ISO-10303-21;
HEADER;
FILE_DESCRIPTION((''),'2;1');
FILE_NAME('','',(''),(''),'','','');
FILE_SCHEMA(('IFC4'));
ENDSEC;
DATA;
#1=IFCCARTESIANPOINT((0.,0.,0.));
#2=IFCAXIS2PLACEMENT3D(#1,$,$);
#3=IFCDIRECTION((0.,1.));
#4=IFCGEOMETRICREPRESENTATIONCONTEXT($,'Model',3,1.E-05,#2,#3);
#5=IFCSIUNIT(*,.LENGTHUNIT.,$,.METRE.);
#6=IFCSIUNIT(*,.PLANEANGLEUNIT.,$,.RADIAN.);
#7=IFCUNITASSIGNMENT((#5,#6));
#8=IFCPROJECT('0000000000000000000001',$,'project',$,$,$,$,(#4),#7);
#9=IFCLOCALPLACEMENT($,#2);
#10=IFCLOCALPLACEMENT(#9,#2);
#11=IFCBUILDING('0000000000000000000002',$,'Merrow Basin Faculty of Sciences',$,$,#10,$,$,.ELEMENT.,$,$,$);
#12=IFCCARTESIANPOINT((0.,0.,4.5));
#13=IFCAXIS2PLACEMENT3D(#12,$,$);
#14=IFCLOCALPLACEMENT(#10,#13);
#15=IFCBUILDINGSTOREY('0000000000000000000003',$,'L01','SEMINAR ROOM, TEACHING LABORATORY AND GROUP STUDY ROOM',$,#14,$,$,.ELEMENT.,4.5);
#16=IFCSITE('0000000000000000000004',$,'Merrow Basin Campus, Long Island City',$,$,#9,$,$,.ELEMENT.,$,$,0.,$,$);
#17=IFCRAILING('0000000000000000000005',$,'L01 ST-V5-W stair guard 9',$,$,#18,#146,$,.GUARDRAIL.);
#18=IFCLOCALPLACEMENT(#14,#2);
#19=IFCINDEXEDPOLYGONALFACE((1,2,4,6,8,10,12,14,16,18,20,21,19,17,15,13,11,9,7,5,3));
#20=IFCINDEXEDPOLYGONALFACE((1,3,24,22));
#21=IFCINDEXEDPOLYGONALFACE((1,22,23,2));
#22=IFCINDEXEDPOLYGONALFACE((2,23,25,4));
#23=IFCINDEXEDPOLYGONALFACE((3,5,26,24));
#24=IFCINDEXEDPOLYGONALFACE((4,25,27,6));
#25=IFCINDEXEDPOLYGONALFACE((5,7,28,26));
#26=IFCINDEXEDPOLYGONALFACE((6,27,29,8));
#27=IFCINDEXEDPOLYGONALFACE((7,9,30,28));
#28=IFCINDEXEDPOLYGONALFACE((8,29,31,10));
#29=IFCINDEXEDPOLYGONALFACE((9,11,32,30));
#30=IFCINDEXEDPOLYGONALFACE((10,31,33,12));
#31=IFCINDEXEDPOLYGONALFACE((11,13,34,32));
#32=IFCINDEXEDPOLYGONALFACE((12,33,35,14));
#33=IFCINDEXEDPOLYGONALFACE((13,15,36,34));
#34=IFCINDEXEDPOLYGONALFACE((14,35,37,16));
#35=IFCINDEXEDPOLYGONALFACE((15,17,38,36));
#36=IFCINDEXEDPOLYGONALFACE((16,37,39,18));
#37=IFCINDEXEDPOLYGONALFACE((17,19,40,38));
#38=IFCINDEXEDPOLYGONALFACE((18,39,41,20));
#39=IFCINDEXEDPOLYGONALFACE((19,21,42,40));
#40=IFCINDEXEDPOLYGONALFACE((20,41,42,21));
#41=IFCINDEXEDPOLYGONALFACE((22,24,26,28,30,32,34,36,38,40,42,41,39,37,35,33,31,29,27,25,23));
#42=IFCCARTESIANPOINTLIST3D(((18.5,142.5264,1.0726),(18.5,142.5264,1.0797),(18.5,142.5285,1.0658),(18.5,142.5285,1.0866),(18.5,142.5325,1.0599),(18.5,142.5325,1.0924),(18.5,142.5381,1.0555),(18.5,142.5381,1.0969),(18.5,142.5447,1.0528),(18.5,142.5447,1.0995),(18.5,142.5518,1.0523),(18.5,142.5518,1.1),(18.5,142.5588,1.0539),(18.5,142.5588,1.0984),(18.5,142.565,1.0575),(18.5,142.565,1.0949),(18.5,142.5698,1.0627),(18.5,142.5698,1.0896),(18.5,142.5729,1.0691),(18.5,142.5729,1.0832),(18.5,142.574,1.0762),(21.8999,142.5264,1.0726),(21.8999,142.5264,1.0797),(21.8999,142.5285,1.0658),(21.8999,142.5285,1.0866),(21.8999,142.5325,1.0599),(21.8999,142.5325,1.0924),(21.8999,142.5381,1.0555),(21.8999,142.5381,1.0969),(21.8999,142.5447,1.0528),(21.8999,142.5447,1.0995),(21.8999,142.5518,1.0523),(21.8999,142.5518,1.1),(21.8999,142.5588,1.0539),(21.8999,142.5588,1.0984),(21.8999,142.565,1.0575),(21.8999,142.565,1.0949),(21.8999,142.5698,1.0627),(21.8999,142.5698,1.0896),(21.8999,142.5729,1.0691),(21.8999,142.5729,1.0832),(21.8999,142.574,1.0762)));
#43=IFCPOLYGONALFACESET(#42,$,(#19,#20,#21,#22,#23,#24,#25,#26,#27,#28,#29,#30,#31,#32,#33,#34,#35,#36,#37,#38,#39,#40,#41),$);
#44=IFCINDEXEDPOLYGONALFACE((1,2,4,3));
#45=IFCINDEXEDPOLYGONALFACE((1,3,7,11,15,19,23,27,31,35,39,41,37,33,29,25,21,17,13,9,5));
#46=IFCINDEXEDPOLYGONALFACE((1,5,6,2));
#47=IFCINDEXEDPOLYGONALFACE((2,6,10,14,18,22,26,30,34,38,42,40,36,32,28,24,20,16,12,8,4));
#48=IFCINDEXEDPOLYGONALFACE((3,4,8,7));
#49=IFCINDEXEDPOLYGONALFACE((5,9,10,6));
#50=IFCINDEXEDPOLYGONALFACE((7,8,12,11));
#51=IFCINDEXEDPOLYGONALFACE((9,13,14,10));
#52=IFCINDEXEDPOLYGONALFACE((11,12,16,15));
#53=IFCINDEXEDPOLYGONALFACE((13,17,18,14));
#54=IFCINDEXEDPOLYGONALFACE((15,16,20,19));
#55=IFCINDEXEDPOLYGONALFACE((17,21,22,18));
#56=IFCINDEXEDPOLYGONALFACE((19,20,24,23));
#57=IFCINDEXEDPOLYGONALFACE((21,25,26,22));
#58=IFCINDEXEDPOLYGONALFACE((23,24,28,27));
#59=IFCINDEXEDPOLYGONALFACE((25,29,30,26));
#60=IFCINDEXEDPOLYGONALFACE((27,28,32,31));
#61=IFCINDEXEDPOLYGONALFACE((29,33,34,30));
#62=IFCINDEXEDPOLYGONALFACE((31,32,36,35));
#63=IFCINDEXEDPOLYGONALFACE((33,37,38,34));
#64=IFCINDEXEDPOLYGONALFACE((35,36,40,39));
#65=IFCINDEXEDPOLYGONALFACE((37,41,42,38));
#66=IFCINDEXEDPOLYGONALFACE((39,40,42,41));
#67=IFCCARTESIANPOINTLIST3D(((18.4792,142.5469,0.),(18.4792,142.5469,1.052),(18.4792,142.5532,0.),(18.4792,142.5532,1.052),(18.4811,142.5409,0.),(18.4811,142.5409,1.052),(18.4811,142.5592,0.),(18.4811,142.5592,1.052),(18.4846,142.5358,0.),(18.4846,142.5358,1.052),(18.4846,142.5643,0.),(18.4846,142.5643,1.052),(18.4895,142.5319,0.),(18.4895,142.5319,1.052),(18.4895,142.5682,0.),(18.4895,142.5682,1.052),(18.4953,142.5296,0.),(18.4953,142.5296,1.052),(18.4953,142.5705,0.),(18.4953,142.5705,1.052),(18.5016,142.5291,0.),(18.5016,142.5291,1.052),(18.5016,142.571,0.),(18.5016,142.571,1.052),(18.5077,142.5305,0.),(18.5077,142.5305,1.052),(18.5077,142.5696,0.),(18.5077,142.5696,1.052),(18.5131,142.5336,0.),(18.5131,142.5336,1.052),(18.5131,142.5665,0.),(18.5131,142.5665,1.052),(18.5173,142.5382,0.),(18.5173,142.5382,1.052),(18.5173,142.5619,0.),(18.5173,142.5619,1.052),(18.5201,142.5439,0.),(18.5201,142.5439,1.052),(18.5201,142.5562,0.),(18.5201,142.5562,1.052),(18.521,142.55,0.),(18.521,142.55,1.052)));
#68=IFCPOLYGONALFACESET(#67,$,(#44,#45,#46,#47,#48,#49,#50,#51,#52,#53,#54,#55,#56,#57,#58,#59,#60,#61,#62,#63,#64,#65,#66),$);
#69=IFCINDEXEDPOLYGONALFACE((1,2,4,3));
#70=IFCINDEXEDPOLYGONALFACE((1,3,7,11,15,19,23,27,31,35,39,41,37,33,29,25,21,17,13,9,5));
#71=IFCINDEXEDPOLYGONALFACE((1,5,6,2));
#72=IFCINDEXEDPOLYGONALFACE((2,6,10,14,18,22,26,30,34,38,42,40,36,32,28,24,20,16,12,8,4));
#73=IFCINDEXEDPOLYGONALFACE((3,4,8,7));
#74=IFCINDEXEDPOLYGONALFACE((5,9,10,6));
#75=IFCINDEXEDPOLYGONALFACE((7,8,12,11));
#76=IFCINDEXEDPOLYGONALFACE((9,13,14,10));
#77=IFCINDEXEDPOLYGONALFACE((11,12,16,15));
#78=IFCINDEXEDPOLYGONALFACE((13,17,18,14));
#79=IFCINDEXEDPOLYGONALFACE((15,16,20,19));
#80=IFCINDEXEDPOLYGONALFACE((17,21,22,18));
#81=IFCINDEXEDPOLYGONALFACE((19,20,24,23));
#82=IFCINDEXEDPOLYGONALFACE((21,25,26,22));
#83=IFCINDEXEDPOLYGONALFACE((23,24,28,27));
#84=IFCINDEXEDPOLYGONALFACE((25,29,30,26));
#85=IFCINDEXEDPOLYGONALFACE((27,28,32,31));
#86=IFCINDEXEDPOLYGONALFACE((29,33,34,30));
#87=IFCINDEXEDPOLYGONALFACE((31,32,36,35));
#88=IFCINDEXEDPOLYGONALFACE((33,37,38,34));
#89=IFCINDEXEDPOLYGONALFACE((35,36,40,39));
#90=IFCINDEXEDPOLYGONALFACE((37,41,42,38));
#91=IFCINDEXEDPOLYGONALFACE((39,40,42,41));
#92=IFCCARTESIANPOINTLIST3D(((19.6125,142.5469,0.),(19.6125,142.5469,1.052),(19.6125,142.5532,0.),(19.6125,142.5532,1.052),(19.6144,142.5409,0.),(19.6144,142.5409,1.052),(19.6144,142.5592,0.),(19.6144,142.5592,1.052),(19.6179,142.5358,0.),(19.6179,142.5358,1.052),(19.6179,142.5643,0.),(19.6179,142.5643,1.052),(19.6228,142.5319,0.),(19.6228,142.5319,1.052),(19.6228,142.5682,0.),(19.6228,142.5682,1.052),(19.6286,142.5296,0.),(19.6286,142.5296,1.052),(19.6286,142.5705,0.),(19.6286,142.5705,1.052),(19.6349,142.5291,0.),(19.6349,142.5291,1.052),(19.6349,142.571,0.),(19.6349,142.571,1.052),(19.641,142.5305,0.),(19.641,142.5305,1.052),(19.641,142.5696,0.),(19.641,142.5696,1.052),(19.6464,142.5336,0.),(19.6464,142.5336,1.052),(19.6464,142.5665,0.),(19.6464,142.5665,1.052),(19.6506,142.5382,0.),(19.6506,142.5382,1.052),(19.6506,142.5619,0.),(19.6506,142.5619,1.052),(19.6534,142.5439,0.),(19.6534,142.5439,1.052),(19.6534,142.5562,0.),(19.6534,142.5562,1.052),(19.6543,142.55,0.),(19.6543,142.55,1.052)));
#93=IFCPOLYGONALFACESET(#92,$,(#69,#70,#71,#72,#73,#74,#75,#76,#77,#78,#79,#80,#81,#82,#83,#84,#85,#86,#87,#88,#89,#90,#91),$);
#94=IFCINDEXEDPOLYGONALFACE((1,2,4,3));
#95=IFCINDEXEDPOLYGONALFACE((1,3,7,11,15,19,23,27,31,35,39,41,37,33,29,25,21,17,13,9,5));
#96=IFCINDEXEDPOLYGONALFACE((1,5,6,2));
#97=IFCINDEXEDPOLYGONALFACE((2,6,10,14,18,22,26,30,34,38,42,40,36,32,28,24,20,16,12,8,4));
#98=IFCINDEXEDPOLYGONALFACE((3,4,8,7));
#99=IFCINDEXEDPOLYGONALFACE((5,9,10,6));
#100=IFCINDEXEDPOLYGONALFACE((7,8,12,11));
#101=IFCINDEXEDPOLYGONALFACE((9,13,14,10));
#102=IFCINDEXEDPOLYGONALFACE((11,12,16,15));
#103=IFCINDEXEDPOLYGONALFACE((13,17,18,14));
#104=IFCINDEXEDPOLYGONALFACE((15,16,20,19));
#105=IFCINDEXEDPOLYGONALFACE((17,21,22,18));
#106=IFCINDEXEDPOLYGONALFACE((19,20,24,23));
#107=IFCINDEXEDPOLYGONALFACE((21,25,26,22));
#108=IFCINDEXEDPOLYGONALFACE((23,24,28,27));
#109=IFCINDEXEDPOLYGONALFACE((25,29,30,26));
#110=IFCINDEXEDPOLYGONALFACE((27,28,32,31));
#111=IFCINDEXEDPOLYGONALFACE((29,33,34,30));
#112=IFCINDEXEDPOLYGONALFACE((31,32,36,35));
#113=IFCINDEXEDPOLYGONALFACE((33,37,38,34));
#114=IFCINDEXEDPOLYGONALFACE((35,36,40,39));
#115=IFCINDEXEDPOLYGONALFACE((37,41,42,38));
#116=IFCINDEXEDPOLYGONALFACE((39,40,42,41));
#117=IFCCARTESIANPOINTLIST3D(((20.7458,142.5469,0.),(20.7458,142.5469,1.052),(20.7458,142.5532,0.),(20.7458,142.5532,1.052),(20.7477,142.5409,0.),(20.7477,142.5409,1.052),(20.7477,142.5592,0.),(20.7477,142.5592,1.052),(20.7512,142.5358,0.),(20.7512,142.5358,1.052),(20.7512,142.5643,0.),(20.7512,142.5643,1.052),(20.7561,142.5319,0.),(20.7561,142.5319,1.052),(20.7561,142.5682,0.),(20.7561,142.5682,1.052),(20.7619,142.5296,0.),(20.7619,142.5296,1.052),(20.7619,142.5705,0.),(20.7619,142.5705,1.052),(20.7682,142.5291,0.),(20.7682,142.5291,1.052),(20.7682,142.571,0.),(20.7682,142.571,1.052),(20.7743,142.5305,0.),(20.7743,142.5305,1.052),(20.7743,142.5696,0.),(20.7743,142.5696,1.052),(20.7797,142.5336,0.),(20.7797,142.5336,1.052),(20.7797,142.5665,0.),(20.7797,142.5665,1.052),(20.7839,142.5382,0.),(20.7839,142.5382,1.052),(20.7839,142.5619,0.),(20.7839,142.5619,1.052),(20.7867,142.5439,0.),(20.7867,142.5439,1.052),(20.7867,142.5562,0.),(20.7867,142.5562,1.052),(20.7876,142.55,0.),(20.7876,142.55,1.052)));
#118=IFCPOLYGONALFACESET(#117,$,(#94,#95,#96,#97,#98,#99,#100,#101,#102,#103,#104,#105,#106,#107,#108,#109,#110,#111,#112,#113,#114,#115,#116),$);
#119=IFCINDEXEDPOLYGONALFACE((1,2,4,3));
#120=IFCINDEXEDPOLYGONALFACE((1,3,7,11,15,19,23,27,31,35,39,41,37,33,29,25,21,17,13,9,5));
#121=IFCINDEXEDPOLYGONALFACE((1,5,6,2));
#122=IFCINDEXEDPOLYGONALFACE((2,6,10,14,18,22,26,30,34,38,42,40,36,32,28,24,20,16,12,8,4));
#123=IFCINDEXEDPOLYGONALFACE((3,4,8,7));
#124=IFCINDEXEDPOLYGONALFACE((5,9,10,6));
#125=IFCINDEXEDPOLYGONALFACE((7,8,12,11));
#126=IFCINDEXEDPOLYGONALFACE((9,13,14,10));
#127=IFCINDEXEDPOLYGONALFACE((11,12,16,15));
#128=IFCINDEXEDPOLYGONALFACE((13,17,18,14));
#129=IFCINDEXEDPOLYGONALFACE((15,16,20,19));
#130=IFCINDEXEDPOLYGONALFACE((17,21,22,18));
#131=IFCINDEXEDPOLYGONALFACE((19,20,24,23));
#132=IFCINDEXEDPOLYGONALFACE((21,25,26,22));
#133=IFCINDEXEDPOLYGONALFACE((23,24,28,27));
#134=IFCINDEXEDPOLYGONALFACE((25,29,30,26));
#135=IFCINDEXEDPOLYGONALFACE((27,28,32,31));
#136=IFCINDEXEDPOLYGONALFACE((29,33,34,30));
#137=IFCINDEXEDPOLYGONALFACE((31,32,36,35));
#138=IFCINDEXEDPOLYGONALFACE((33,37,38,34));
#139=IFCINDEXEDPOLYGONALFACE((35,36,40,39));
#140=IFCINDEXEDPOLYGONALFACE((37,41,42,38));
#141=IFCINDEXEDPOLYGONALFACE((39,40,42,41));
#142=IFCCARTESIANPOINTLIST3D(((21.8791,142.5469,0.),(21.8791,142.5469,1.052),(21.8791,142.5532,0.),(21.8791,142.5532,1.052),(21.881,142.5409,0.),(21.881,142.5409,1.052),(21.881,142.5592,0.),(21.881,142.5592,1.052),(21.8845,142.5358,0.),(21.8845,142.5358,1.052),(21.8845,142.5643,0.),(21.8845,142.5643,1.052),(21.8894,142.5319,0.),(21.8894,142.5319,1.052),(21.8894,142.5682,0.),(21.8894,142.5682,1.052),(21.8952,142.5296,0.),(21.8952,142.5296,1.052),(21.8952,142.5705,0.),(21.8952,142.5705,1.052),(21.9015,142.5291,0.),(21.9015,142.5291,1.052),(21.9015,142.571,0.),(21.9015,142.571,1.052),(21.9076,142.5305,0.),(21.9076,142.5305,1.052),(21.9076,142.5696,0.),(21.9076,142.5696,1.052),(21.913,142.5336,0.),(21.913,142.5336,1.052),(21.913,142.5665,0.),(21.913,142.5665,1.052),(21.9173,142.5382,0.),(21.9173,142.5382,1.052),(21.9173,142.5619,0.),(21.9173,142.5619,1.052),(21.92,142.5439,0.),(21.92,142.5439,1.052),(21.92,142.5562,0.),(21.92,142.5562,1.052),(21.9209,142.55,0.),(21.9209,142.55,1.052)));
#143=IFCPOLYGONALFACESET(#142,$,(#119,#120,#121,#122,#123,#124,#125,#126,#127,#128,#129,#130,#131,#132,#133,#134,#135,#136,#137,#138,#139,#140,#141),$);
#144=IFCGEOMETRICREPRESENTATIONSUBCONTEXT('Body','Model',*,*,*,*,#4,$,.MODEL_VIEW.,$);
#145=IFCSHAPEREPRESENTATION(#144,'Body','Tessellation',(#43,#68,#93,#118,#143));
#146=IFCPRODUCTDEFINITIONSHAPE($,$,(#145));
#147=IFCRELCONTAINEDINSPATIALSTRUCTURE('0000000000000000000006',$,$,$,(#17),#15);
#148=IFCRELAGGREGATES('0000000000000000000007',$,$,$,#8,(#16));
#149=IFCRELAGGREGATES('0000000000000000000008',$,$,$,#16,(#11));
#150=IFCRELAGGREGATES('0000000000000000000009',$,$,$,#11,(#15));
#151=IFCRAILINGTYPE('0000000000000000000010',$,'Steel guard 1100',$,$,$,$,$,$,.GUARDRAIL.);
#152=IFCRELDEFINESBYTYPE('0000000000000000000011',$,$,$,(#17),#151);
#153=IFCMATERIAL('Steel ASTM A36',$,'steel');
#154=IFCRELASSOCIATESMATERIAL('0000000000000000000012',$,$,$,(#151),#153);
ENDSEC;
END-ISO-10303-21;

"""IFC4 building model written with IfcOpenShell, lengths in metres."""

from ifc_helpers import new_model, si_unit, direction, frame, origin, origin_2d, place, context, subcontext, project, spatial, circle, extrude, material, type_object, element, save


model = new_model("IFC4")

# Units and contexts
model_context = context("Model", 3, precision=1e-05, world=origin(), true_north=direction((0.0, 1.0)))
body_context = subcontext(model_context, "Body", "Model", "MODEL_VIEW")
ifc_project = project(units=[si_unit("LENGTHUNIT", "METRE"), si_unit("PLANEANGLEUNIT", "RADIAN")], contexts=[model_context])

# Site, building, storey
site_placement = place(None, origin())
site = spatial("IfcSite", under=ifc_project, at=site_placement, Name="Merrow Basin Campus, Long Island City", CompositionType="ELEMENT", RefElevation=0.0)
building_placement = place(site_placement, origin())
building = spatial("IfcBuilding", under=site, at=building_placement, Name="Merrow Basin Faculty of Sciences", CompositionType="ELEMENT")
storey_placement = place(building_placement, frame((0.0, 0.0, 4.5)))
storey = spatial("IfcBuildingStorey", under=building, at=storey_placement, Name="L01", Description="SEMINAR ROOM, TEACHING LABORATORY AND GROUP STUDY ROOM", CompositionType="ELEMENT", Elevation=4.5)

# Railing
ifc_material_1 = material(Name="Steel ASTM A36", Category="steel")
railing_type_1 = type_object("IfcRailingType", Name="Steel guard 1100", PredefinedType="GUARDRAIL", material=ifc_material_1)
railing_1_placement = place(storey_placement, frame((18.5, 142.55, 0.0)))
element("IfcRailing", 1, at=railing_1_placement, inside=storey, type_object=railing_type_1, Name="L01 ST-V5-W stair guard 9", PredefinedType="GUARDRAIL", context=body_context, shape_type="SweptSolid", body=[
    extrude(circle(Radius=0.0239, at=origin_2d()), frame((0.0, 0.0, 1.0762), z_axis=(1.0, 0.0, 0.0), x_axis=(0.0, 1.0, 0.0)), (0.0, 0.0, 1.0), 3.3999),
    extrude(circle(Radius=0.021, at=origin_2d()), origin(), (0.0, 0.0, 1.0), 1.052),
    extrude(circle(Radius=0.021, at=origin_2d()), frame((1.1333, 0.0, 0.0)), (0.0, 0.0, 1.0), 1.052),
    extrude(circle(Radius=0.021, at=origin_2d()), frame((2.2666, 0.0, 0.0)), (0.0, 0.0, 1.0), 1.052),
    extrude(circle(Radius=0.021, at=origin_2d()), frame((3.3999, 0.0, 0.0)), (0.0, 0.0, 1.0), 1.052),
])

save(model, "model.ifc")
